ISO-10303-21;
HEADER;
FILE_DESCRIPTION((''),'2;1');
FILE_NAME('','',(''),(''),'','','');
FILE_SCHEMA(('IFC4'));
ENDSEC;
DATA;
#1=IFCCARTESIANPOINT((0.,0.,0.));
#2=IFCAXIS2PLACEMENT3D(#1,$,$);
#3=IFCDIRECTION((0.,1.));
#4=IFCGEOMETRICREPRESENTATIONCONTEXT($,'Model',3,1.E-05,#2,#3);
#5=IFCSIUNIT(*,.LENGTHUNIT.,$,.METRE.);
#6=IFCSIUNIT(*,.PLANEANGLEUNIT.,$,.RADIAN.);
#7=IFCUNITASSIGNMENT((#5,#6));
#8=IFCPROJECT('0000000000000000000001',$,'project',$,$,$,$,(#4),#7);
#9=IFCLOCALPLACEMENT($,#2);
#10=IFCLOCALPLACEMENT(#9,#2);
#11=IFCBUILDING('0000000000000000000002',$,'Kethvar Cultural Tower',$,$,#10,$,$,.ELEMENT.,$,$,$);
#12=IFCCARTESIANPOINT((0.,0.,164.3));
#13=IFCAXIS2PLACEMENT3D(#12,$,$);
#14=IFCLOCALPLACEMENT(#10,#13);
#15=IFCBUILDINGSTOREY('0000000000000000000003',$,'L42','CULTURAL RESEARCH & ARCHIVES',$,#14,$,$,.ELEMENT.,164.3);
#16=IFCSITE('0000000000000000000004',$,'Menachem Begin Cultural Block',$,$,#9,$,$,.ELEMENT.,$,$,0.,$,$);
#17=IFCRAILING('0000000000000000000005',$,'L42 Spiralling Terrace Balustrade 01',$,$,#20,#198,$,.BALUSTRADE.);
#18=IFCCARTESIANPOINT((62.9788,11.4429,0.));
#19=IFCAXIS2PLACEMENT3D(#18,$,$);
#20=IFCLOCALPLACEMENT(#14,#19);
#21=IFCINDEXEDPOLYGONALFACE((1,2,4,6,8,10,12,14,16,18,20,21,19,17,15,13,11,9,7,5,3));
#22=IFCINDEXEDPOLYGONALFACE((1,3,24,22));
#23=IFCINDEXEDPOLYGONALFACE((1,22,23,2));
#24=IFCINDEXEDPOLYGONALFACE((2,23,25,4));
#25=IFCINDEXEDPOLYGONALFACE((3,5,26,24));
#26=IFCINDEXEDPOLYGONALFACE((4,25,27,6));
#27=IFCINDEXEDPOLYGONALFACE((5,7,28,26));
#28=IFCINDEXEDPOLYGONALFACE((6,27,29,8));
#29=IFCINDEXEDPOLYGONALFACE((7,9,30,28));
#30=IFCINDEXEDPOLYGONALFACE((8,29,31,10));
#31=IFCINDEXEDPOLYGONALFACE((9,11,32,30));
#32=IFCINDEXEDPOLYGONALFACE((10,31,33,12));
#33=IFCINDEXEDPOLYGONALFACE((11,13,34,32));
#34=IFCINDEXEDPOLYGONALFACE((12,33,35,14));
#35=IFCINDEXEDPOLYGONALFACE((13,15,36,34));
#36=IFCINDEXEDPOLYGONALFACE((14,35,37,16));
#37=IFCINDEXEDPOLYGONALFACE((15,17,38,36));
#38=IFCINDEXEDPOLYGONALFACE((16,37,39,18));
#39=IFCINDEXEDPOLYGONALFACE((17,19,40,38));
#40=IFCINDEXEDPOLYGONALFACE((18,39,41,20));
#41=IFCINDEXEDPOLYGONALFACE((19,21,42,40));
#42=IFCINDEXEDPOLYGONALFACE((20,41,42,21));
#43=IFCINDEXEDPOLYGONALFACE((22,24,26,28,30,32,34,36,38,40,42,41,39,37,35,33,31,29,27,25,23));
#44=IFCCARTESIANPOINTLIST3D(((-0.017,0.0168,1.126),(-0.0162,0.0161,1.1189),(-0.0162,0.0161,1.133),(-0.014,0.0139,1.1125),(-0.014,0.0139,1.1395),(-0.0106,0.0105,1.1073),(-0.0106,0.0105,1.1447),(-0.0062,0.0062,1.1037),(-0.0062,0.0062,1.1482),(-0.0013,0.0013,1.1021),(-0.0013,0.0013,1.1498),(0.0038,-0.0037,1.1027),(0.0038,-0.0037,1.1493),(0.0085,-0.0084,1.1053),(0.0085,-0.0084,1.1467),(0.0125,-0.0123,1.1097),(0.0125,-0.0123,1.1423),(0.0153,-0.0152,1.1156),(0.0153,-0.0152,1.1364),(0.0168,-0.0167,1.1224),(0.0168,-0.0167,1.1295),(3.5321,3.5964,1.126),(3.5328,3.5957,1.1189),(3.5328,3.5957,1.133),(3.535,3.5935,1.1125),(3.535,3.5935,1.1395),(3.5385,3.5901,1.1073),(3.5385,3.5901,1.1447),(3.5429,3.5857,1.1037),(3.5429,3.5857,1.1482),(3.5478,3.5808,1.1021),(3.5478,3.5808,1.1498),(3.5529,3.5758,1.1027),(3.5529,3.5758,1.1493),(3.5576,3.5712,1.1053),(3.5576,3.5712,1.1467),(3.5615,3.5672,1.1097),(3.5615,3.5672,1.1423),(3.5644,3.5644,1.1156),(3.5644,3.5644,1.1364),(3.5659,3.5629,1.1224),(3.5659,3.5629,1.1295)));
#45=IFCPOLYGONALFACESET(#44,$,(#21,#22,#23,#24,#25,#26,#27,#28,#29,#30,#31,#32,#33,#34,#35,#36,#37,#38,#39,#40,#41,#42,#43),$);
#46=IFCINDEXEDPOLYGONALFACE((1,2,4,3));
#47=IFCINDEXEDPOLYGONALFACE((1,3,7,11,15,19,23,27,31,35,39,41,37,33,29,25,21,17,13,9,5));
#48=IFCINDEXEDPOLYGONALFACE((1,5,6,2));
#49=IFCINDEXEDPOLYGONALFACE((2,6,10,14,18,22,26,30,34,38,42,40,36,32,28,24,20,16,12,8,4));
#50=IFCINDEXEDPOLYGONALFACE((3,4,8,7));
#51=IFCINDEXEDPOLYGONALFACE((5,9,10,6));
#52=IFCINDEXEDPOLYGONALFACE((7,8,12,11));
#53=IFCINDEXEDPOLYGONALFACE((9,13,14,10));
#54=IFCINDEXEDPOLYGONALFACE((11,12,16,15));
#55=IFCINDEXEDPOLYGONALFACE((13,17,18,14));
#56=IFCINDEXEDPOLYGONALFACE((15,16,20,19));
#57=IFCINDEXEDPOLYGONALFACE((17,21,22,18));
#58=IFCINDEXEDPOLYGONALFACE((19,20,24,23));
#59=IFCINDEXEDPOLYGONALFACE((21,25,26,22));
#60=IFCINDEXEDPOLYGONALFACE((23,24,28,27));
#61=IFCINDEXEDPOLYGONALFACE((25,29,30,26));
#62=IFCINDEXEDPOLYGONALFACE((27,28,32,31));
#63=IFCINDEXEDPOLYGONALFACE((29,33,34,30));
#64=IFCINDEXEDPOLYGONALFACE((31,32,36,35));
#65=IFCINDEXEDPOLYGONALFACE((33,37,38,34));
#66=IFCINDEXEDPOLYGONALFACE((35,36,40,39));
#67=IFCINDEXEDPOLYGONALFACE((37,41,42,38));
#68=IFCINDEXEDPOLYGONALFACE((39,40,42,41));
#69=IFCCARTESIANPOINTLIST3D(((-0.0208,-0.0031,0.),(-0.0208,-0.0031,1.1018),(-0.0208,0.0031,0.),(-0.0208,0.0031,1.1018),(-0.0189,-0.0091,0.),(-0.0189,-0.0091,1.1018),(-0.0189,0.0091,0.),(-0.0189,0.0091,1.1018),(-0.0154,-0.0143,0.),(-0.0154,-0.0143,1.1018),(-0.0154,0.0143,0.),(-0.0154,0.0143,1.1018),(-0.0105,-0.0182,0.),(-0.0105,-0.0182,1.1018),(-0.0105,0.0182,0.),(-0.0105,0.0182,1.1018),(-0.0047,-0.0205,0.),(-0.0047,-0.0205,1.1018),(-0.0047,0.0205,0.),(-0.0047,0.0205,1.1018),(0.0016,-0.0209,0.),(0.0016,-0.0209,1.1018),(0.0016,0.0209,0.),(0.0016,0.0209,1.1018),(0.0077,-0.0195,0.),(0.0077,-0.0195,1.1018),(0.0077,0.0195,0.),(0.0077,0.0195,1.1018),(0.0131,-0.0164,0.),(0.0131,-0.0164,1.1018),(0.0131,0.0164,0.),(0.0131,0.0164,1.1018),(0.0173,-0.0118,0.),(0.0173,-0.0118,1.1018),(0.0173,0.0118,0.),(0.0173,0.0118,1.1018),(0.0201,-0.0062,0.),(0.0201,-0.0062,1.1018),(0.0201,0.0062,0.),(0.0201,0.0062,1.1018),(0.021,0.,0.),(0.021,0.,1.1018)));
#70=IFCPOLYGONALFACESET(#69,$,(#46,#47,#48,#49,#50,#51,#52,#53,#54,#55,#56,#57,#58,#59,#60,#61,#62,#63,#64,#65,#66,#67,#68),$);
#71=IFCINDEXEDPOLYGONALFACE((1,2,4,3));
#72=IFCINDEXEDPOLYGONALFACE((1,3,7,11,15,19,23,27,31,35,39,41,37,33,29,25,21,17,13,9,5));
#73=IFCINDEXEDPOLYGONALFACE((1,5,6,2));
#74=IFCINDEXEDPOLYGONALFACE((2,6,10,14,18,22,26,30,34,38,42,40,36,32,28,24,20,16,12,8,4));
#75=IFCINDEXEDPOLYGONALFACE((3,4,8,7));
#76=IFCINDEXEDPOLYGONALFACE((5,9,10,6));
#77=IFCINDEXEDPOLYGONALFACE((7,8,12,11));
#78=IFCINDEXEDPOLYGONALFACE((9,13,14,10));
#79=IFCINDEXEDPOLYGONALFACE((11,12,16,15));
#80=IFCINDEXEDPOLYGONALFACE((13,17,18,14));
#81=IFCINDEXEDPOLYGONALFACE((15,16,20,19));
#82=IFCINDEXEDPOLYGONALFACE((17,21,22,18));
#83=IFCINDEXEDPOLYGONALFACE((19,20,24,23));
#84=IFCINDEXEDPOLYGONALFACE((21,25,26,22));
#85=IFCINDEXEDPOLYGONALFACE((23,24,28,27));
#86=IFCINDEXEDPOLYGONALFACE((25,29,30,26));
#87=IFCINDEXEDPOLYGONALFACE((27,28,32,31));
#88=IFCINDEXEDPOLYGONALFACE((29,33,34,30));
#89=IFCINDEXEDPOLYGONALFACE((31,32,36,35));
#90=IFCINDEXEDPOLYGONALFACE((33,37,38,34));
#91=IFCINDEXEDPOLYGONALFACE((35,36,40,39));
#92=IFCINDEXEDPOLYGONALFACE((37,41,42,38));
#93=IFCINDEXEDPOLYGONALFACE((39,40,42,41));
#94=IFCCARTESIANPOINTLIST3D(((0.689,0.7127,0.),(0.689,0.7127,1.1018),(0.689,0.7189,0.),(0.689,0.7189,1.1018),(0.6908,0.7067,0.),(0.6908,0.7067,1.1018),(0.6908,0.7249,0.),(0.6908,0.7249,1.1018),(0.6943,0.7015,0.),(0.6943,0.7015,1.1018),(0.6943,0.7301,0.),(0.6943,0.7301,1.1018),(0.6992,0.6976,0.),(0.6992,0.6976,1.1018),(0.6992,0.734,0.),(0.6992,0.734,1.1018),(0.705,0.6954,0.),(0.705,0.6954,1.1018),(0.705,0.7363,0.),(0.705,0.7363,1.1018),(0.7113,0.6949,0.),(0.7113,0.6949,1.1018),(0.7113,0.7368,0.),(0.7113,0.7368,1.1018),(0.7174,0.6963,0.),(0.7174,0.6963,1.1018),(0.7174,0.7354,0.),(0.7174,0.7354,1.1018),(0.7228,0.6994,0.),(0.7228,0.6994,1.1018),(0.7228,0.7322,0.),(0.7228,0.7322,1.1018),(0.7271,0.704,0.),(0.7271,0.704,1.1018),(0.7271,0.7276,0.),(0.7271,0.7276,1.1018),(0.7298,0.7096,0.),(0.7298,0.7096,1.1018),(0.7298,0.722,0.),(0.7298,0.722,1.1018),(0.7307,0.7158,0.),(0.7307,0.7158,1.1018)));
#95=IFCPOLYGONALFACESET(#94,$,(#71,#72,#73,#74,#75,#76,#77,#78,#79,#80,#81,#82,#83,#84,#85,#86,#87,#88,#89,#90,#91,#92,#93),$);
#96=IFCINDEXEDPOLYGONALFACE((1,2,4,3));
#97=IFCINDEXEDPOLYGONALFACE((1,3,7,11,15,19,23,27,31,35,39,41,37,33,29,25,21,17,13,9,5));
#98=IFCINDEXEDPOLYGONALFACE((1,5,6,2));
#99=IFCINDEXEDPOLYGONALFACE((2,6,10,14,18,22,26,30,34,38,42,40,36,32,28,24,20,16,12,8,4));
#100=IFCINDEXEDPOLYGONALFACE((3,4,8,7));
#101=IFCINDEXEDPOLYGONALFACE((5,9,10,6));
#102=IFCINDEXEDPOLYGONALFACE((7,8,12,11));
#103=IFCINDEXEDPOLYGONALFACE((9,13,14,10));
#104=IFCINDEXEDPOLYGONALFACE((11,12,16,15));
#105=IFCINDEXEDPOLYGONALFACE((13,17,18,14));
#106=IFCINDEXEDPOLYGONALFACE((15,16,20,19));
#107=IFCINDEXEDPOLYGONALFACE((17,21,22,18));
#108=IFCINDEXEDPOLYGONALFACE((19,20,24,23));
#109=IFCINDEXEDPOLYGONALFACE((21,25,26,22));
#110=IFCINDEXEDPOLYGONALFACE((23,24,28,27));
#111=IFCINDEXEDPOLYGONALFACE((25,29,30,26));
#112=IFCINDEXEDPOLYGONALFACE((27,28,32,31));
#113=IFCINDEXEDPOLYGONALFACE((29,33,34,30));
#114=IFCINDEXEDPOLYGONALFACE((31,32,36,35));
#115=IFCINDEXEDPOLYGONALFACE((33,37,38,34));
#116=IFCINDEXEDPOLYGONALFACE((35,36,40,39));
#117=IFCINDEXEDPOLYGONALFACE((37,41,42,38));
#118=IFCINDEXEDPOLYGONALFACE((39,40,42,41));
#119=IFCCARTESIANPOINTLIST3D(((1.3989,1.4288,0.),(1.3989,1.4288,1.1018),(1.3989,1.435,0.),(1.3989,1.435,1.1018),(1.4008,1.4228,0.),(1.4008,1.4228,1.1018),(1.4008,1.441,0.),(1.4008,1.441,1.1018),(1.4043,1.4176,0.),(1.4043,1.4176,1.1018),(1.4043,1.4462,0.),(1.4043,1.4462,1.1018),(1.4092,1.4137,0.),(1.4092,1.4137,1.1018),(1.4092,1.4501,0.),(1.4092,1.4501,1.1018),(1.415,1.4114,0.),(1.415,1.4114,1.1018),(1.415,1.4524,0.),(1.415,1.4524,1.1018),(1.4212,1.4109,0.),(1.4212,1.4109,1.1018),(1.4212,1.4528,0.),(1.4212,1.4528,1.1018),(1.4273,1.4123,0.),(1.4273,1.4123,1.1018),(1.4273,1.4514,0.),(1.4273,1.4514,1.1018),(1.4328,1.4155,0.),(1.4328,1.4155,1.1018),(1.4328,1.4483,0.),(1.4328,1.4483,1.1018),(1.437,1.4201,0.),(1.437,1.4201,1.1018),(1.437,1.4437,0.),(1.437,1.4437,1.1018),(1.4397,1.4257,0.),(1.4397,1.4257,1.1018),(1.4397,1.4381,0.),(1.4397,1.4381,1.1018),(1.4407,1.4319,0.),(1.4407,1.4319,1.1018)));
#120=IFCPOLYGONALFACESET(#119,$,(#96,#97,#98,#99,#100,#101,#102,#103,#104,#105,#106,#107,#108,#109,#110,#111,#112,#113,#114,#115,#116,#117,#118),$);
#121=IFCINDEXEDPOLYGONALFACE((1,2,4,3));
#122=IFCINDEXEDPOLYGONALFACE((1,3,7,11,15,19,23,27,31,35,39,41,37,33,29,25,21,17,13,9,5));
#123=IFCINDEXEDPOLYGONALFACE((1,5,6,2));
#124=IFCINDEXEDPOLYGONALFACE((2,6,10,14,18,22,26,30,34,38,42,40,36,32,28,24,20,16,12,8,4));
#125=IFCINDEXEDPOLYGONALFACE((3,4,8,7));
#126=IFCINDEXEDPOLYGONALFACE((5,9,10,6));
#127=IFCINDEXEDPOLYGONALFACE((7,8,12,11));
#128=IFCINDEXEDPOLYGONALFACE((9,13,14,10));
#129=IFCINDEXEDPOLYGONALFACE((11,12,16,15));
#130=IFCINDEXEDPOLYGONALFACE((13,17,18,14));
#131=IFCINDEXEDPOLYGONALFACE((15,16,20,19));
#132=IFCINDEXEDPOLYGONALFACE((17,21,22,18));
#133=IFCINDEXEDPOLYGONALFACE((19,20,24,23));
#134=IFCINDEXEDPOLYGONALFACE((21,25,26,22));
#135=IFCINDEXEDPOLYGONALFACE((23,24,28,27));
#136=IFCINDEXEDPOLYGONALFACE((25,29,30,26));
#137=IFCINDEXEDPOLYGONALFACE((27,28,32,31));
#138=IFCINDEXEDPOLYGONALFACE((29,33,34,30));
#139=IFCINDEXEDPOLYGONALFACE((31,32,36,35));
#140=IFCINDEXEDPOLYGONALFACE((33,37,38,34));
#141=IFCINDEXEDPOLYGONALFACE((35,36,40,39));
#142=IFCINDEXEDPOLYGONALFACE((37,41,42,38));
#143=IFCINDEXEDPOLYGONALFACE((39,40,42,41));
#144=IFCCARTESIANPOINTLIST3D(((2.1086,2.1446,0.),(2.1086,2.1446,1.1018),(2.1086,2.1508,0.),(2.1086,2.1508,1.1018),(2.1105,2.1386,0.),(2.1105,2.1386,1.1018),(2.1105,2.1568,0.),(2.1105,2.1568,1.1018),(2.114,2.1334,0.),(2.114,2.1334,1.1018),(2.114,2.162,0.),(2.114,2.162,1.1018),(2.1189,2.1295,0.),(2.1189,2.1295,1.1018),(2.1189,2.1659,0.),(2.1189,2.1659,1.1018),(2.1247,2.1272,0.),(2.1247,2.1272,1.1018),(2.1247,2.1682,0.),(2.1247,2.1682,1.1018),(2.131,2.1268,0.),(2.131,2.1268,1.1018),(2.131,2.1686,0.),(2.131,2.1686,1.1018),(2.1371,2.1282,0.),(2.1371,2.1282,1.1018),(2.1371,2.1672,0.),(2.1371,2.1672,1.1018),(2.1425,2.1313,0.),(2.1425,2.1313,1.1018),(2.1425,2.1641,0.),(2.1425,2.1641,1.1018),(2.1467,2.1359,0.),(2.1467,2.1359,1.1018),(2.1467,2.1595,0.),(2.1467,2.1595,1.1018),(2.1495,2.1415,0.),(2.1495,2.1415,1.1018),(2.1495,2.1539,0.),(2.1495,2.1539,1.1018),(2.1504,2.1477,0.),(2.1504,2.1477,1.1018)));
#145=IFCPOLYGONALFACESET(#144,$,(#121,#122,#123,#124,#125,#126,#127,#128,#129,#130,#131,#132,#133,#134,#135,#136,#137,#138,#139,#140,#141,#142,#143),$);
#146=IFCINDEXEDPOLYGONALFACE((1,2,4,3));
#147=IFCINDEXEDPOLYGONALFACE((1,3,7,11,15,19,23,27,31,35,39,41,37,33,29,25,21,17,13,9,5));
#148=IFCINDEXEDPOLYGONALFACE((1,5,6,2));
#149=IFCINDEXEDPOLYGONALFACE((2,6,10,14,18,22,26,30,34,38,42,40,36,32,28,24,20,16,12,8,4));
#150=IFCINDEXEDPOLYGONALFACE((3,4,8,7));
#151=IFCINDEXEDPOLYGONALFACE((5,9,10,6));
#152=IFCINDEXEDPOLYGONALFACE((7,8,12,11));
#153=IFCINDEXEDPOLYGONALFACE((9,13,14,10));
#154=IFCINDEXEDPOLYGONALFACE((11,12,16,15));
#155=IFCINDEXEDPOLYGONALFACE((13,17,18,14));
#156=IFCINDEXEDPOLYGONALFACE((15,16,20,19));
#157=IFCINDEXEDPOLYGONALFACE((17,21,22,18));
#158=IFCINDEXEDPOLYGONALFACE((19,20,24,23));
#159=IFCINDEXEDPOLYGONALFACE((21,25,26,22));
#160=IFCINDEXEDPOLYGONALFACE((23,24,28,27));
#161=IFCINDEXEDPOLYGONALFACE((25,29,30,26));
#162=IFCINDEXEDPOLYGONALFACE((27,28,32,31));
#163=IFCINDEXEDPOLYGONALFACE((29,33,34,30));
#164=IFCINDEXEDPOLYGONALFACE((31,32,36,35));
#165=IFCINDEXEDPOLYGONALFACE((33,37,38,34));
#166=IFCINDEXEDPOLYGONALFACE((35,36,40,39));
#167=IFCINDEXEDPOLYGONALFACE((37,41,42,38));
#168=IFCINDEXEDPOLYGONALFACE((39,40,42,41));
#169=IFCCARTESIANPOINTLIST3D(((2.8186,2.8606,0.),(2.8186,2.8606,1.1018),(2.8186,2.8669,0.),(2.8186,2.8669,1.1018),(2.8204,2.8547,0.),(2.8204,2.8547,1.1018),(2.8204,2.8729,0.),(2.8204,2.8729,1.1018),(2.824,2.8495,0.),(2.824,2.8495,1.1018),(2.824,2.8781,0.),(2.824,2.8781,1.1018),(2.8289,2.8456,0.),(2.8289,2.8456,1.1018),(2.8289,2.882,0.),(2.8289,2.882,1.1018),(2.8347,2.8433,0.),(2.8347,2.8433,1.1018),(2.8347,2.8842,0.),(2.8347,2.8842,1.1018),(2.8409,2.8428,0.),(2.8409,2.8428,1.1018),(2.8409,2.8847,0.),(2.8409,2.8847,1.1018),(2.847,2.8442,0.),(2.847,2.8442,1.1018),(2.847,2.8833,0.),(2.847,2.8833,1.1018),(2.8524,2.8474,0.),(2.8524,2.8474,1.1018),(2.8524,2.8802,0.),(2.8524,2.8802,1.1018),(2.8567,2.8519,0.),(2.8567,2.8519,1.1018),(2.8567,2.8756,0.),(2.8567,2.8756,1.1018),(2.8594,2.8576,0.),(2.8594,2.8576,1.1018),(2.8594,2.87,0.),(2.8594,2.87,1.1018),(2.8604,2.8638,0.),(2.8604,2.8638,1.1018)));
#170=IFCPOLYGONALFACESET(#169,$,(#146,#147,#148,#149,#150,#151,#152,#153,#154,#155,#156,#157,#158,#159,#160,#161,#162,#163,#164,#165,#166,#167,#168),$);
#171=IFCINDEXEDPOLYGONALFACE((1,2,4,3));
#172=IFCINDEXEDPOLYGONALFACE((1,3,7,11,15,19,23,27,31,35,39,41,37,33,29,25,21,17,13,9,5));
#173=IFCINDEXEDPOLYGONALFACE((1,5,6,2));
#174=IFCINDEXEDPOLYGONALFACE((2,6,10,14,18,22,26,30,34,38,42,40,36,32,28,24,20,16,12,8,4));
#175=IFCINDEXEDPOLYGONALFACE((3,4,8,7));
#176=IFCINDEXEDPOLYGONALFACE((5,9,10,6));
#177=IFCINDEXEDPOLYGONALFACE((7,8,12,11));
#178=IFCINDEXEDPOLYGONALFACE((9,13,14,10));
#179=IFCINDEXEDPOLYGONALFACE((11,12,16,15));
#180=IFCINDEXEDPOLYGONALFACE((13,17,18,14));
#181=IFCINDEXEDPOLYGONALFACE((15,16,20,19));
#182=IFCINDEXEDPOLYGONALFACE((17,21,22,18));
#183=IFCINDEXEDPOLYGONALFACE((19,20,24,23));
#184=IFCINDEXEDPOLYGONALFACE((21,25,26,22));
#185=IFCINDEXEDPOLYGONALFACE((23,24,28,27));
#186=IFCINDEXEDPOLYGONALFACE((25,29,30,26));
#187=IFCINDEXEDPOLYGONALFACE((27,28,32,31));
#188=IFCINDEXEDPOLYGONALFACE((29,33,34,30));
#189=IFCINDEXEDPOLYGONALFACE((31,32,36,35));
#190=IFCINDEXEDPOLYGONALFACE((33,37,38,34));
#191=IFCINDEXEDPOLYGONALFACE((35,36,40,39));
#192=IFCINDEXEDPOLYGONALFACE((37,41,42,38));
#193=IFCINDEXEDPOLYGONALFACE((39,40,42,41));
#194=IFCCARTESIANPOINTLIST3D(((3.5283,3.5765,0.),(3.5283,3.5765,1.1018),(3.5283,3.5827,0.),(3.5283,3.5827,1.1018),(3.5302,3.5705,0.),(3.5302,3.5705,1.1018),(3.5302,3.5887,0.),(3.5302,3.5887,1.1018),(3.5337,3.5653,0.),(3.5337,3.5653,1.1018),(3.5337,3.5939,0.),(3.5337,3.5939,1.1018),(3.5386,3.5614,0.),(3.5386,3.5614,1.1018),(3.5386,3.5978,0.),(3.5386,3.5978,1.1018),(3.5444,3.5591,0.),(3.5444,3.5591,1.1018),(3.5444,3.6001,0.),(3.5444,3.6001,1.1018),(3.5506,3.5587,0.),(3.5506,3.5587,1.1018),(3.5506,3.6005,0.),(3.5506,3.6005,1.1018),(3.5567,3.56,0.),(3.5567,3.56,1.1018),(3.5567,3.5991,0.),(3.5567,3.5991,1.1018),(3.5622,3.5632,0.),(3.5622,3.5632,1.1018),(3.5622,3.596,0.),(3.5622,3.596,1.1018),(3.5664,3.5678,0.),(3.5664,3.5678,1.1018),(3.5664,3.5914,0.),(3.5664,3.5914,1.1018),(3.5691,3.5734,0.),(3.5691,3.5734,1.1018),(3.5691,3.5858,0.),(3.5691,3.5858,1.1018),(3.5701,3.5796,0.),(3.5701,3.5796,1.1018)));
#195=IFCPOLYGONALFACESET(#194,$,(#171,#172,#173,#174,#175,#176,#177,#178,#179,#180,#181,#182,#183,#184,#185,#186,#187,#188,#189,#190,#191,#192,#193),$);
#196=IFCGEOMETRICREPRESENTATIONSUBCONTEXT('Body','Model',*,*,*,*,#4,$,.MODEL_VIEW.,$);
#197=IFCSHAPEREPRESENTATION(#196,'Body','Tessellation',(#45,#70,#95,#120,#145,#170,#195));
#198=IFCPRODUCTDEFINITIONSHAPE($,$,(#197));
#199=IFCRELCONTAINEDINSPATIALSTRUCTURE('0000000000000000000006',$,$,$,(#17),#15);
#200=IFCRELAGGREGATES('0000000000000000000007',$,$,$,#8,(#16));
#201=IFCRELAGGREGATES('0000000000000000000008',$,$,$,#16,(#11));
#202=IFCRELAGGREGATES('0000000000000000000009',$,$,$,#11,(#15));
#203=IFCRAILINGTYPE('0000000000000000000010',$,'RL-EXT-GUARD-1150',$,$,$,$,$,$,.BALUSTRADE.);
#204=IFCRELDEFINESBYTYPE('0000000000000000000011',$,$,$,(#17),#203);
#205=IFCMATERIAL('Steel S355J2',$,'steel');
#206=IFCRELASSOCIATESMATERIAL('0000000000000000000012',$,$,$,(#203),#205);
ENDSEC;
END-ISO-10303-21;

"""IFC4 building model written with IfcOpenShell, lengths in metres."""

from ifc_helpers import new_model, si_unit, direction, frame, origin, origin_2d, place, context, subcontext, project, spatial, circle, extrude, material, type_object, element, save


model = new_model("IFC4")

# Units and contexts
model_context = context("Model", 3, precision=1e-05, world=origin(), true_north=direction((0.0, 1.0)))
body_context = subcontext(model_context, "Body", "Model", "MODEL_VIEW")
ifc_project = project(units=[si_unit("LENGTHUNIT", "METRE"), si_unit("PLANEANGLEUNIT", "RADIAN")], contexts=[model_context])

# Site, building, storey
site_placement = place(None, origin())
site = spatial("IfcSite", under=ifc_project, at=site_placement, Name="Menachem Begin Cultural Block", CompositionType="ELEMENT", RefElevation=0.0)
building_placement = place(site_placement, origin())
building = spatial("IfcBuilding", under=site, at=building_placement, Name="Kethvar Cultural Tower", CompositionType="ELEMENT")
storey_placement = place(building_placement, frame((0.0, 0.0, 164.3)))
storey = spatial("IfcBuildingStorey", under=building, at=storey_placement, Name="L42", Description="CULTURAL RESEARCH & ARCHIVES", CompositionType="ELEMENT", Elevation=164.3)

# Shared definitions
ifc_material_1 = material(Name="Steel S355J2", Category="steel")

# Railing
railing_type = type_object("IfcRailingType", Name="RL-EXT-GUARD-1150", PredefinedType="BALUSTRADE", material=ifc_material_1)
railing_1_placement = place(storey_placement, frame((62.9788, 11.4429, 0.0)))
element("IfcRailing", 1, at=railing_1_placement, inside=storey, type_object=railing_type, Name="L42 Spiralling Terrace Balustrade 01", PredefinedType="BALUSTRADE", context=body_context, shape_type="SweptSolid", body=[
    extrude(circle(Radius=0.0239, at=origin_2d()), frame((0.0, 0.0, 1.126), z_axis=(0.704073, 0.710127, 0.0), x_axis=(-0.710127, 0.704073, 0.0)), (0.0, 0.0, 1.0), 5.0408),
    extrude(circle(Radius=0.021, at=origin_2d()), origin(), (0.0, 0.0, 1.0), 1.1018),
    extrude(circle(Radius=0.021, at=origin_2d()), frame((0.7097, 0.7158, 0.0)), (0.0, 0.0, 1.0), 1.1018),
    extrude(circle(Radius=0.021, at=origin_2d()), frame((1.4197, 1.4319, 0.0)), (0.0, 0.0, 1.0), 1.1018),
    extrude(circle(Radius=0.021, at=origin_2d()), frame((2.1294, 2.1477, 0.0)), (0.0, 0.0, 1.0), 1.1018),
    extrude(circle(Radius=0.021, at=origin_2d()), frame((2.8394, 2.8638, 0.0)), (0.0, 0.0, 1.0), 1.1018),
    extrude(circle(Radius=0.021, at=origin_2d()), frame((3.5491, 3.5796, 0.0)), (0.0, 0.0, 1.0), 1.1018),
])

save(model, "model.ifc")
